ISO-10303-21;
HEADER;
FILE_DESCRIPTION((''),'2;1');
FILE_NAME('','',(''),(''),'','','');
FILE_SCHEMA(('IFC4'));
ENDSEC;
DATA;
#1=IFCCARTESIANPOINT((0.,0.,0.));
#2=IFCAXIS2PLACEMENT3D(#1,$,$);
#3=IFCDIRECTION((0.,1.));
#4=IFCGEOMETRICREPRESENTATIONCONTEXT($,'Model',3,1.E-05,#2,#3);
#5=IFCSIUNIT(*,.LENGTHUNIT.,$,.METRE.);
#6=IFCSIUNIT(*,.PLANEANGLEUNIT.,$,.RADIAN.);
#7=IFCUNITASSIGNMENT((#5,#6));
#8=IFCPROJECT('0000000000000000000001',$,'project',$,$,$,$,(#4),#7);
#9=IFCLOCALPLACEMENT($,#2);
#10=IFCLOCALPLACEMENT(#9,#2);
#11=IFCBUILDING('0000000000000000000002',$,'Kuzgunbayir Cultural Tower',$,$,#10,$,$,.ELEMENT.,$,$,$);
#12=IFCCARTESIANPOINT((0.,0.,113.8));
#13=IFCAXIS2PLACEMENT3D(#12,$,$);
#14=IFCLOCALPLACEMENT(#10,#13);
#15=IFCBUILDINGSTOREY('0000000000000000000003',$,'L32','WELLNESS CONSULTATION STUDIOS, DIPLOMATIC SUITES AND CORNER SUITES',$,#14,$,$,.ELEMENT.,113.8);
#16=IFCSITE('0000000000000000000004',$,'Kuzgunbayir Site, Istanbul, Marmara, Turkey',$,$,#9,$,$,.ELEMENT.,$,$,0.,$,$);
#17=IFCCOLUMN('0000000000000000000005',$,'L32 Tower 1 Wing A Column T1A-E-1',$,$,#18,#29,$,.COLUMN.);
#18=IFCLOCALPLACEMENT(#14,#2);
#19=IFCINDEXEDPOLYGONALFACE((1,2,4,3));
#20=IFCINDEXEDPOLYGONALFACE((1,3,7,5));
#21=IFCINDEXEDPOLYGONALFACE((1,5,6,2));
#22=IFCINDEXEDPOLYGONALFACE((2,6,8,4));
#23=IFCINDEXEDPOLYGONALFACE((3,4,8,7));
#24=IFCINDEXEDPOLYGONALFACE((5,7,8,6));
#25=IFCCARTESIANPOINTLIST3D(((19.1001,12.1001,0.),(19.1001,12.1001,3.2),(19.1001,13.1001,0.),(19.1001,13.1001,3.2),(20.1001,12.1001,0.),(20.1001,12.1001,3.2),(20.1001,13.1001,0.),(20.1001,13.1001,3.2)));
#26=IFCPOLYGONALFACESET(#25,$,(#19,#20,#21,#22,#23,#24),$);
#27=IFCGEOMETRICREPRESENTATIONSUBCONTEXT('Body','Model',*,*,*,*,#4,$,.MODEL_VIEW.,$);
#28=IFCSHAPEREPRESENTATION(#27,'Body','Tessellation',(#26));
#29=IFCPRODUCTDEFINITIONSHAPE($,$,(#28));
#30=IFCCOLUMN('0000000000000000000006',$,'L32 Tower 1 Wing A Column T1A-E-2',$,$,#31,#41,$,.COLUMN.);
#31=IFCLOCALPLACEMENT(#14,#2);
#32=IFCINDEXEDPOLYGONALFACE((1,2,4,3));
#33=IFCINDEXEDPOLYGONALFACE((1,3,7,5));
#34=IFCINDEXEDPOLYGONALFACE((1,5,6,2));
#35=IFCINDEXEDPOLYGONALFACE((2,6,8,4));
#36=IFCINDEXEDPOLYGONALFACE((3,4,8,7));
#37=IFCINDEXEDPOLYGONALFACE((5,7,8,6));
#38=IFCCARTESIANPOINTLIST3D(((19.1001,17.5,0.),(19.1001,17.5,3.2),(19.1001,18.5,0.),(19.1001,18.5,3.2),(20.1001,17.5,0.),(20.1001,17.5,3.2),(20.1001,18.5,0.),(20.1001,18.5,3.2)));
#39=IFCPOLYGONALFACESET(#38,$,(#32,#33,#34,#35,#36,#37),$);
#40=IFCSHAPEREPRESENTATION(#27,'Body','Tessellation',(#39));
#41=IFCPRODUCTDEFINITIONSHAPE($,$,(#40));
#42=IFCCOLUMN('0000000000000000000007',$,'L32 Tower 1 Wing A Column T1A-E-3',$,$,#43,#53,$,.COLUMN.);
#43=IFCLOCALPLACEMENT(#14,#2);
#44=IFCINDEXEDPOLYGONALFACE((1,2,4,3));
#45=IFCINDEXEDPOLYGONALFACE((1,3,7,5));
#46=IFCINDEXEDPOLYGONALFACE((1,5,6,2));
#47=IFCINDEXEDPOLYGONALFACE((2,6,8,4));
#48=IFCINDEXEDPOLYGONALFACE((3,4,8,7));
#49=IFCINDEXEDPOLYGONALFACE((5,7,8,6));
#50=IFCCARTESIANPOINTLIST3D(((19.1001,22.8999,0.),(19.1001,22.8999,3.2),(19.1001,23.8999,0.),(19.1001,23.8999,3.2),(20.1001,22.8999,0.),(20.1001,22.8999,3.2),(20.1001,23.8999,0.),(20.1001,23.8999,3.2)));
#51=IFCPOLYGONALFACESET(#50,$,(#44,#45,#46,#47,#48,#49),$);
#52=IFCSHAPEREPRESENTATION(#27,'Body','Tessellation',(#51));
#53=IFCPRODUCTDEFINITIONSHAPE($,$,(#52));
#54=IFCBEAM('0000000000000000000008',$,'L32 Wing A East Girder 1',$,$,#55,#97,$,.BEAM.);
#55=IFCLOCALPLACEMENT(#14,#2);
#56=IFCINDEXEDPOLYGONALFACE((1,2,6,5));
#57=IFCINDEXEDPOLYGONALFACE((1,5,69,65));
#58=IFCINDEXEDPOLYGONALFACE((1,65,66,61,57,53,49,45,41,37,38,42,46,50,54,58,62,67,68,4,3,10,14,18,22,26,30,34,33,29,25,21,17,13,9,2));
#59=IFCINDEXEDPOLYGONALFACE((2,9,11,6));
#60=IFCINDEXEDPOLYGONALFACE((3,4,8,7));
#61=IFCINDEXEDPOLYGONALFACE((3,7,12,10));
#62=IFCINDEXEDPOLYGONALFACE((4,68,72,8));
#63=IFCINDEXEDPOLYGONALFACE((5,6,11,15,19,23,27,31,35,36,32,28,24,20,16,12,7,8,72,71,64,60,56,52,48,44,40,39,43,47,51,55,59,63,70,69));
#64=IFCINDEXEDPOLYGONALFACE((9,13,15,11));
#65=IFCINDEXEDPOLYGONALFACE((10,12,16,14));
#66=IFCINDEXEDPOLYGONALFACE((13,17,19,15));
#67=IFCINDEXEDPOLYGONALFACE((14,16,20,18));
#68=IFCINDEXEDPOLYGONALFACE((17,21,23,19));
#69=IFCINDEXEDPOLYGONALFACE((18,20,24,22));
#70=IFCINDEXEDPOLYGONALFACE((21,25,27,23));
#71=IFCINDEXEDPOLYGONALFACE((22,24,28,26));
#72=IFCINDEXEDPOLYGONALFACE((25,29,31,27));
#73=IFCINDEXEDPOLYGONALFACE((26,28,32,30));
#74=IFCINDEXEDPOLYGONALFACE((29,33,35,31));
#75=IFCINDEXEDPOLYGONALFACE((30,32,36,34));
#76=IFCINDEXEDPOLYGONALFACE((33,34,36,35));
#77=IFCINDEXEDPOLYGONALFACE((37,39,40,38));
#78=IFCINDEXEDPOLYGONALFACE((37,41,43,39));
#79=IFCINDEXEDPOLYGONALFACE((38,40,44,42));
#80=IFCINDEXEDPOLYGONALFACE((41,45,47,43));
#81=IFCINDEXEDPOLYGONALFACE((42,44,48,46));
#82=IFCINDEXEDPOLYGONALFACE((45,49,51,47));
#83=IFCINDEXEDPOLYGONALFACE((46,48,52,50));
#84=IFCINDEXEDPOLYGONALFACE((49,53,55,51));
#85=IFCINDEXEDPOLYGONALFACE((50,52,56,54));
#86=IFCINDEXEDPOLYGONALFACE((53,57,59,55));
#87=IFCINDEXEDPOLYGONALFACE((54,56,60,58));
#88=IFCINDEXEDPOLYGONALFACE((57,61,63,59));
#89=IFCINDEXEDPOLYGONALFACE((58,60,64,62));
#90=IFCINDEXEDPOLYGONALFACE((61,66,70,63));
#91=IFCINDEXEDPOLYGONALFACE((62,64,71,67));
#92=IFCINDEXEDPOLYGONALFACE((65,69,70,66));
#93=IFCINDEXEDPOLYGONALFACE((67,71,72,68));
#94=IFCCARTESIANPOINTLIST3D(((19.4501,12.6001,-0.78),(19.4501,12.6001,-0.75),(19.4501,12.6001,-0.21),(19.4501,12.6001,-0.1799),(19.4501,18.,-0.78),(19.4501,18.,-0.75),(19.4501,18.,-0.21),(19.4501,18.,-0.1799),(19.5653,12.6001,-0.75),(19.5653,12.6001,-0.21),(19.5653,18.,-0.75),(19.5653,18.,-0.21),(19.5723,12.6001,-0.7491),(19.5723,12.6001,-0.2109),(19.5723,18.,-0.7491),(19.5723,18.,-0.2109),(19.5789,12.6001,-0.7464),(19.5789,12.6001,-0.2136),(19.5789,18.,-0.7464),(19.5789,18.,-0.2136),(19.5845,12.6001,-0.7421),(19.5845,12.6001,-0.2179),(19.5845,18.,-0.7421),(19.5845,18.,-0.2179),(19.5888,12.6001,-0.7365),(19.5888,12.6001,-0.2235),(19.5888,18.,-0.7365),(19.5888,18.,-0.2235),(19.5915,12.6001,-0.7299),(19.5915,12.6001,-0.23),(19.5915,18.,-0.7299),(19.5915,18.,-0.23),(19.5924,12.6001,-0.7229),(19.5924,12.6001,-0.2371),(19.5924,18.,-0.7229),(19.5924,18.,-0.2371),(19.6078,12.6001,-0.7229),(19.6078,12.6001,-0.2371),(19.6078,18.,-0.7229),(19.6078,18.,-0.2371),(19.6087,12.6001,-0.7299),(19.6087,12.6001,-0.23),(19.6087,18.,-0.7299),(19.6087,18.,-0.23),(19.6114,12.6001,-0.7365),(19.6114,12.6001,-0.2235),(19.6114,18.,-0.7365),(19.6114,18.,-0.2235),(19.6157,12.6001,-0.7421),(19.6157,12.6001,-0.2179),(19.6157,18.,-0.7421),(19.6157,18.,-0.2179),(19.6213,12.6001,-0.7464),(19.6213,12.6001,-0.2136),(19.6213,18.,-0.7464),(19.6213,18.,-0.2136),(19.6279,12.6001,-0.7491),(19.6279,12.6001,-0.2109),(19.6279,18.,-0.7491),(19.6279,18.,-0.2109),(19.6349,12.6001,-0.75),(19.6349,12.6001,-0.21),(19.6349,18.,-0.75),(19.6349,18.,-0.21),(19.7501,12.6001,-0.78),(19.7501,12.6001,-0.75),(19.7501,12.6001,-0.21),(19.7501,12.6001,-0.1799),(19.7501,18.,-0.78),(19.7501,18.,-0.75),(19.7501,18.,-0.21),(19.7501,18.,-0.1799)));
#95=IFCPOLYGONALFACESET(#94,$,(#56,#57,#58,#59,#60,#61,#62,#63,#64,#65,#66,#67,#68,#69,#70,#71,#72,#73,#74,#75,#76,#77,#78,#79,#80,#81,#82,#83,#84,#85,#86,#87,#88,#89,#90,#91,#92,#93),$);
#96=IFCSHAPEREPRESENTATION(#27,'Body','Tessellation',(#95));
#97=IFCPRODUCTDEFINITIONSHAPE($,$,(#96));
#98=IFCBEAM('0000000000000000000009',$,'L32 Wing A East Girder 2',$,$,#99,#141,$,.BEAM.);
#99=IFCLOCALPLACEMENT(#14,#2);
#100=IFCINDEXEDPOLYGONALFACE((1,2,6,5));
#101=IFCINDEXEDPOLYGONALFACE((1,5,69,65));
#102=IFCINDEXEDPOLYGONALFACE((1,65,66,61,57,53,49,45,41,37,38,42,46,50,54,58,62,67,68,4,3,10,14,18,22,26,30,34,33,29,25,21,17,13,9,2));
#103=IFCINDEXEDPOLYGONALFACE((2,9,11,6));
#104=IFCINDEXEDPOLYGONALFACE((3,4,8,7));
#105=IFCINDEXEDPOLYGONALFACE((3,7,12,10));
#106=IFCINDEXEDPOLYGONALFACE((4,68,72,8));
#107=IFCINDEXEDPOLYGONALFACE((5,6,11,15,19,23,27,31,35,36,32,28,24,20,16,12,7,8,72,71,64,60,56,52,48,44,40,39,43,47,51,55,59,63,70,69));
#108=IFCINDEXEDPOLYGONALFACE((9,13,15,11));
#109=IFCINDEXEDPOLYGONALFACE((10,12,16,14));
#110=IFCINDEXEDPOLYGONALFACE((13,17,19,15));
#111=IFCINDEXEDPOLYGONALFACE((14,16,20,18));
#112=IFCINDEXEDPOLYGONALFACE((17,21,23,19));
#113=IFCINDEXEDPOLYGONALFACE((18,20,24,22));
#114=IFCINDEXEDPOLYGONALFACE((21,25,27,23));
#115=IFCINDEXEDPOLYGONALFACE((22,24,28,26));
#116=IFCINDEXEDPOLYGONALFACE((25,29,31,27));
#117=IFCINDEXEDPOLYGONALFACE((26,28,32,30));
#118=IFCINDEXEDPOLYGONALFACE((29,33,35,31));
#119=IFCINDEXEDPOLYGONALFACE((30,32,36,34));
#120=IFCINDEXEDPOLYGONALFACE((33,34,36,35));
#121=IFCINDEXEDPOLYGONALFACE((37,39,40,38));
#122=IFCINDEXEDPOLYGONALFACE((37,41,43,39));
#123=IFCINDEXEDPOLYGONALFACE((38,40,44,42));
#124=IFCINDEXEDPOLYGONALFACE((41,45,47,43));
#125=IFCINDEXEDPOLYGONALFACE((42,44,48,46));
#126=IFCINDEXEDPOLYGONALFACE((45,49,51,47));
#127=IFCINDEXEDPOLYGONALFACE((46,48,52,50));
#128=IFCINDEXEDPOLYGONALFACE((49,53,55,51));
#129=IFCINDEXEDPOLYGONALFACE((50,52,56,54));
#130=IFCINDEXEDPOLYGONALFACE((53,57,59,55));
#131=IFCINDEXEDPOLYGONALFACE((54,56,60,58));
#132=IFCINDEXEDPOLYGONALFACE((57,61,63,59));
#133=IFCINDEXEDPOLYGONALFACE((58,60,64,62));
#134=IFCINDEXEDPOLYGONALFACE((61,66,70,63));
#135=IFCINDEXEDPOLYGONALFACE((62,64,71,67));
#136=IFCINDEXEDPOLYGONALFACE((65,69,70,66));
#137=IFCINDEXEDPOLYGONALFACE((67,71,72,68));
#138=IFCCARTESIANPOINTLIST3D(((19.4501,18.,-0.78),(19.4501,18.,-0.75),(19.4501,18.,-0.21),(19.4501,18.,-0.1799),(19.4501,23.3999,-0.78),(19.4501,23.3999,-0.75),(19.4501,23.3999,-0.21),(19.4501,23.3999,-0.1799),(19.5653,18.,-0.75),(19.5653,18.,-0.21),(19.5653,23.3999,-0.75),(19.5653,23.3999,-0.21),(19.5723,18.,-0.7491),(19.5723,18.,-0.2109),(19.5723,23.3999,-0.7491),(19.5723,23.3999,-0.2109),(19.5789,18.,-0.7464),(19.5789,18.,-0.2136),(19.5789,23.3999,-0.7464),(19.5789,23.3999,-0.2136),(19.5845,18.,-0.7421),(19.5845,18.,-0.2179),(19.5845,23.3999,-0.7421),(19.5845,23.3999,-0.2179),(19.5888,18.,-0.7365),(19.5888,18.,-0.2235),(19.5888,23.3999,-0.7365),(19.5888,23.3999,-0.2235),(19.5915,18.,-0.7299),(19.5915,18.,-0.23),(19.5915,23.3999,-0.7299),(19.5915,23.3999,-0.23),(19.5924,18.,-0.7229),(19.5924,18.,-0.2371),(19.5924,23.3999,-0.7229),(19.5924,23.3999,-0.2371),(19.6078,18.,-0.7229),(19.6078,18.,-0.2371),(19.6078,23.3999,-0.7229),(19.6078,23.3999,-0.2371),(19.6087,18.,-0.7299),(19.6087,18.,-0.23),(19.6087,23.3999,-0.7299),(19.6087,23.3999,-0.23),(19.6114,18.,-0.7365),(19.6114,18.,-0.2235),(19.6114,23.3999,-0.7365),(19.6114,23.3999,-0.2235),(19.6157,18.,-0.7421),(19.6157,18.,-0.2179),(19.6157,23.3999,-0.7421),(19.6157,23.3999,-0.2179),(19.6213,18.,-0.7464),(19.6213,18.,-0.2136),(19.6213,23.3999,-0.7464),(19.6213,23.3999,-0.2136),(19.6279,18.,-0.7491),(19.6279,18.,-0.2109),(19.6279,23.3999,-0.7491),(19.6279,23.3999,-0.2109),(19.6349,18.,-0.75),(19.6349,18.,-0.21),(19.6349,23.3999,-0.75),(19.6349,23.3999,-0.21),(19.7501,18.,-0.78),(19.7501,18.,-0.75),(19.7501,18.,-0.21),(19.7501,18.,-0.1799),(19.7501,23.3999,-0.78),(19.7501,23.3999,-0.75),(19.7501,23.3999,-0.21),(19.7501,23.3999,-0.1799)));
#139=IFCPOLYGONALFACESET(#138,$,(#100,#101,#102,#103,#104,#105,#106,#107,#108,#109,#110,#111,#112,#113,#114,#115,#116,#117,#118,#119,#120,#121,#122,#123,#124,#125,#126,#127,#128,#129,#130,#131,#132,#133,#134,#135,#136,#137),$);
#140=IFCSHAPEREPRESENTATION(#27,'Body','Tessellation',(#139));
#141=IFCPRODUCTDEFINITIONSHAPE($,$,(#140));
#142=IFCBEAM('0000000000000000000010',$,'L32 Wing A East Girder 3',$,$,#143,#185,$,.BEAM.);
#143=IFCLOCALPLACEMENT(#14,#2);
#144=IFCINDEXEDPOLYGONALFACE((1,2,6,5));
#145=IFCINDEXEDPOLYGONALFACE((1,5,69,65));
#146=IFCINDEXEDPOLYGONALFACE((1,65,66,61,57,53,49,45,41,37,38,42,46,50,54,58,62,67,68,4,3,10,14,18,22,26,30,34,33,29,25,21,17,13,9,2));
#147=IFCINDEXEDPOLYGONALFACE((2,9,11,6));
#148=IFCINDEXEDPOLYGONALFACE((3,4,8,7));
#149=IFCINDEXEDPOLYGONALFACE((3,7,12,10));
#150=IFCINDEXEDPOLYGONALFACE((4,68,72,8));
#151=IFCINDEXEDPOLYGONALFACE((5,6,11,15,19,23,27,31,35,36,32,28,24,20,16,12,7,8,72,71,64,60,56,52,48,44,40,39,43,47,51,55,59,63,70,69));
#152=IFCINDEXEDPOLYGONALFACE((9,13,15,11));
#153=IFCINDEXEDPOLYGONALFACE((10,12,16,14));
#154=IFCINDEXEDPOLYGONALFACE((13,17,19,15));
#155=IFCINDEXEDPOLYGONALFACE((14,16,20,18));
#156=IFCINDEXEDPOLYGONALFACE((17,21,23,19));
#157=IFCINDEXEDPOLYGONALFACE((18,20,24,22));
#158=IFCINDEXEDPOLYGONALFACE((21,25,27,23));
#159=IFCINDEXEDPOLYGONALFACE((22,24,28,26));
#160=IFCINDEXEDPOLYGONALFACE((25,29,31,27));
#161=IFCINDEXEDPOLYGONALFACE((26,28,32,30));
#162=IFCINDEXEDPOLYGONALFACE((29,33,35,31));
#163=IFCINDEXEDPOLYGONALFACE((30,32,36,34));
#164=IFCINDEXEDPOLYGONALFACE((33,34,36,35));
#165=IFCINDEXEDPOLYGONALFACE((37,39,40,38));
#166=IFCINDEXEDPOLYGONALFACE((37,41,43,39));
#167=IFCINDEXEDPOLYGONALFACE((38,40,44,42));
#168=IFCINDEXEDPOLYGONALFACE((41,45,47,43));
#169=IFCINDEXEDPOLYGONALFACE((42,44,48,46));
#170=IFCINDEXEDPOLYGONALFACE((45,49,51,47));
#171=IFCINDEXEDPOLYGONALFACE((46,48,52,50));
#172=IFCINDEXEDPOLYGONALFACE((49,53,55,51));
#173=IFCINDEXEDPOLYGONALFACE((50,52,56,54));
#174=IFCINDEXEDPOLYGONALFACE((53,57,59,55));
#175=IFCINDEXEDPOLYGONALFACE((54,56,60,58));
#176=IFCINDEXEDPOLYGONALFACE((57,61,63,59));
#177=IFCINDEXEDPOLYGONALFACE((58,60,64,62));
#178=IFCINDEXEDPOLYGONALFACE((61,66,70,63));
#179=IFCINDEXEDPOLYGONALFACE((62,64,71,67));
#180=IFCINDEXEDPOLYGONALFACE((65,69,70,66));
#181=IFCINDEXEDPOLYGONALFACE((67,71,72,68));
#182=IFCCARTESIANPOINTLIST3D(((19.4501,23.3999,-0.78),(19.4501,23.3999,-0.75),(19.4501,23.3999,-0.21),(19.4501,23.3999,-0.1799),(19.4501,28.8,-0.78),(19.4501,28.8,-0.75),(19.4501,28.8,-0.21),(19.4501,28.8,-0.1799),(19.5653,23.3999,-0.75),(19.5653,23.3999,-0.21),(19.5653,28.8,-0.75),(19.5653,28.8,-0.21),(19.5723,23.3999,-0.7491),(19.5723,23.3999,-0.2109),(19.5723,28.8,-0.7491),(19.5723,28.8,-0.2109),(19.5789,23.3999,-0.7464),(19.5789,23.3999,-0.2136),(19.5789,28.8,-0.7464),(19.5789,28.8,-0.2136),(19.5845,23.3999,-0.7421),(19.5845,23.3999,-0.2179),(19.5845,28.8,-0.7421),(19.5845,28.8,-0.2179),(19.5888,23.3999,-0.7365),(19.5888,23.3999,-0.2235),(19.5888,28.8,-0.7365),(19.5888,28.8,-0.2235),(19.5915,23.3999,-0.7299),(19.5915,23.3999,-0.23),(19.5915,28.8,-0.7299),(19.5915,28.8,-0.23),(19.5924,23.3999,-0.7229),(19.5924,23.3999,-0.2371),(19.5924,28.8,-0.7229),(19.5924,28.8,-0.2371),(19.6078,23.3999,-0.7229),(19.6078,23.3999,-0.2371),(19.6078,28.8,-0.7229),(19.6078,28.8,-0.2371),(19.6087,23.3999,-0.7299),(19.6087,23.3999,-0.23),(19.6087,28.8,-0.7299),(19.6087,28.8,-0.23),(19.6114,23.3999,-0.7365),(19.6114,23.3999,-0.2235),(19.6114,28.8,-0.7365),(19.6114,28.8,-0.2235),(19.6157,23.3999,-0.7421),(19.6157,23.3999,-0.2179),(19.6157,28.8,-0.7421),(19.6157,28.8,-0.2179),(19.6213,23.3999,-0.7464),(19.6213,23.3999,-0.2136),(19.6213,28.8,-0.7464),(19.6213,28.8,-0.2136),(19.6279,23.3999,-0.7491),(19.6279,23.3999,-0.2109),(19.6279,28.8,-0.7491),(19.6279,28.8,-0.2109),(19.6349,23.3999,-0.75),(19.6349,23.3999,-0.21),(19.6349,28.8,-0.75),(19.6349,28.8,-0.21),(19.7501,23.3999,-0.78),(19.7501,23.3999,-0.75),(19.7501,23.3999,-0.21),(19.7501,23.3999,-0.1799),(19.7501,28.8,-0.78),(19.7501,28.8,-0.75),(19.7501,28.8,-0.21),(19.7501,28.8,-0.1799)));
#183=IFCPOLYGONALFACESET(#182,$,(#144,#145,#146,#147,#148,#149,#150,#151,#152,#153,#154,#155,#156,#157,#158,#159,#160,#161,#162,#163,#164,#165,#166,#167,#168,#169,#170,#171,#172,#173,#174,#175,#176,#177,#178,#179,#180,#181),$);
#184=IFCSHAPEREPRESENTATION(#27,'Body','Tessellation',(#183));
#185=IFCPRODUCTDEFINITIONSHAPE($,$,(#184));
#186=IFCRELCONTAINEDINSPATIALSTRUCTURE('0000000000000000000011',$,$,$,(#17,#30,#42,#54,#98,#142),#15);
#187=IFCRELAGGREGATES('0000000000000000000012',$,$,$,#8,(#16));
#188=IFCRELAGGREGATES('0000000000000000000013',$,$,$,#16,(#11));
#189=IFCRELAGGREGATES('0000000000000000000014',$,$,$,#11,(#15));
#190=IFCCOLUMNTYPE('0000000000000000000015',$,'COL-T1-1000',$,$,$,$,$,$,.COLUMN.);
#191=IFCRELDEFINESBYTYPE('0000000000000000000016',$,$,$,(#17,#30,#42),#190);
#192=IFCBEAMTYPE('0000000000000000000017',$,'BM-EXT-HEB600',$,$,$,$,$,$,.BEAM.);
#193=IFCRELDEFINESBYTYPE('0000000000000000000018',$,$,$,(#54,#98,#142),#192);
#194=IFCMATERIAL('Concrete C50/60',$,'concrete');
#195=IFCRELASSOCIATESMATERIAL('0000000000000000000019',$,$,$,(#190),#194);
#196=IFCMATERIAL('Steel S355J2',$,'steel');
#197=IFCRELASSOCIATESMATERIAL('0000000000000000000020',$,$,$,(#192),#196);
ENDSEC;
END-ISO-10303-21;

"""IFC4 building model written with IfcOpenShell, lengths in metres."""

from ifc_helpers import new_model, si_unit, direction, frame, origin, origin_2d, place, context, subcontext, project, spatial, rectangle, i_section, extrude, material, material_profile, profile_set, type_object, element, save


model = new_model("IFC4")

# Units and contexts
model_context = context("Model", 3, precision=1e-05, world=origin(), true_north=direction((0.0, 1.0)))
body_context = subcontext(model_context, "Body", "Model", "MODEL_VIEW")
ifc_project = project(units=[si_unit("LENGTHUNIT", "METRE"), si_unit("PLANEANGLEUNIT", "RADIAN")], contexts=[model_context])

# Site, building, storey
site_placement = place(None, origin())
site = spatial("IfcSite", under=ifc_project, at=site_placement, Name="Kuzgunbayir Site, Istanbul, Marmara, Turkey", CompositionType="ELEMENT", RefElevation=0.0)
building_placement = place(site_placement, origin())
building = spatial("IfcBuilding", under=site, at=building_placement, Name="Kuzgunbayir Cultural Tower", CompositionType="ELEMENT")
storey_placement = place(building_placement, frame((0.0, 0.0, 113.8)))
storey = spatial("IfcBuildingStorey", under=building, at=storey_placement, Name="L32", Description="WELLNESS CONSULTATION STUDIOS, DIPLOMATIC SUITES AND CORNER SUITES", CompositionType="ELEMENT", Elevation=113.8)

# Columns
ifc_material_1 = material(Name="Concrete C50/60", Category="concrete")
ifc_material_profile_1 = material_profile(ifc_material_1, rectangle(XDim=1.0, YDim=1.0, at=origin_2d()), Name="RC 1000x1000")
ifc_profile_set_1 = profile_set([ifc_material_profile_1], Name="Concrete C50/60")
column_type = type_object("IfcColumnType", Name="COL-T1-1000", PredefinedType="COLUMN", material=ifc_profile_set_1)
for number, where, z_axis, x_axis, name in (
    (1, (19.6001, 12.6001, 0.0), (0.0, 0.0, 1.0), (1.0, 0.0, 0.0), "L32 Tower 1 Wing A Column T1A-E-1"),
    (2, (19.6001, 18.0, 0.0), (0.0, 0.0, 1.0), (1.0, 0.0, 0.0), "L32 Tower 1 Wing A Column T1A-E-2"),
    (3, (19.6001, 23.3999, 0.0), (0.0, 0.0, 1.0), (1.0, 0.0, 0.0), "L32 Tower 1 Wing A Column T1A-E-3"),
):
    element("IfcColumn", number, at=place(storey_placement, frame(where, z_axis=z_axis, x_axis=x_axis)), inside=storey, type_object=column_type, Name=name, PredefinedType="COLUMN", context=body_context, shape_type="SweptSolid", body=[
        extrude(rectangle(XDim=1.0, YDim=1.0, at=origin_2d()), origin(), (0.0, 0.0, 1.0), 3.2),
    ])

# Beams
ifc_material_2 = material(Name="Steel S355J2", Category="steel")
ifc_material_profile_2 = material_profile(ifc_material_2, i_section(OverallWidth=0.3, OverallDepth=0.6001, WebThickness=0.0154, FlangeThickness=0.03, FilletRadius=0.0271, at=origin_2d()), Name="HEB 600")
ifc_profile_set_2 = profile_set([ifc_material_profile_2], Name="Steel S355J2")
beam_type = type_object("IfcBeamType", Name="BM-EXT-HEB600", PredefinedType="BEAM", material=ifc_profile_set_2)
for number, where, z_axis, x_axis, name in (
    (4, (19.6001, 12.6001, -0.48), (0.0, 1.0, 0.0), (-1.0, 0.0, 0.0), "L32 Wing A East Girder 1"),
    (5, (19.6001, 18.0, -0.48), (0.0, 1.0, 0.0), (-1.0, 0.0, 0.0), "L32 Wing A East Girder 2"),
):
    element("IfcBeam", number, at=place(storey_placement, frame(where, z_axis=z_axis, x_axis=x_axis)), inside=storey, type_object=beam_type, Name=name, PredefinedType="BEAM", context=body_context, shape_type="SweptSolid", body=[
        extrude(i_section(OverallWidth=0.3, OverallDepth=0.6001, WebThickness=0.0154, FlangeThickness=0.03, FilletRadius=0.0271, at=origin_2d()), origin(), (0.0, 0.0, 1.0), 5.3999),
    ])
beam_placement = place(storey_placement, frame((19.6001, 23.3999, -0.48), z_axis=(0.0, 1.0, 0.0), x_axis=(-1.0, 0.0, 0.0)))
element("IfcBeam", 6, at=beam_placement, inside=storey, type_object=beam_type, Name="L32 Wing A East Girder 3", PredefinedType="BEAM", context=body_context, shape_type="SweptSolid", body=[
    extrude(i_section(OverallWidth=0.3, OverallDepth=0.6001, WebThickness=0.0154, FlangeThickness=0.03, FilletRadius=0.0271, at=origin_2d()), origin(), (0.0, 0.0, 1.0), 5.4001),
])

save(model, "model.ifc")
